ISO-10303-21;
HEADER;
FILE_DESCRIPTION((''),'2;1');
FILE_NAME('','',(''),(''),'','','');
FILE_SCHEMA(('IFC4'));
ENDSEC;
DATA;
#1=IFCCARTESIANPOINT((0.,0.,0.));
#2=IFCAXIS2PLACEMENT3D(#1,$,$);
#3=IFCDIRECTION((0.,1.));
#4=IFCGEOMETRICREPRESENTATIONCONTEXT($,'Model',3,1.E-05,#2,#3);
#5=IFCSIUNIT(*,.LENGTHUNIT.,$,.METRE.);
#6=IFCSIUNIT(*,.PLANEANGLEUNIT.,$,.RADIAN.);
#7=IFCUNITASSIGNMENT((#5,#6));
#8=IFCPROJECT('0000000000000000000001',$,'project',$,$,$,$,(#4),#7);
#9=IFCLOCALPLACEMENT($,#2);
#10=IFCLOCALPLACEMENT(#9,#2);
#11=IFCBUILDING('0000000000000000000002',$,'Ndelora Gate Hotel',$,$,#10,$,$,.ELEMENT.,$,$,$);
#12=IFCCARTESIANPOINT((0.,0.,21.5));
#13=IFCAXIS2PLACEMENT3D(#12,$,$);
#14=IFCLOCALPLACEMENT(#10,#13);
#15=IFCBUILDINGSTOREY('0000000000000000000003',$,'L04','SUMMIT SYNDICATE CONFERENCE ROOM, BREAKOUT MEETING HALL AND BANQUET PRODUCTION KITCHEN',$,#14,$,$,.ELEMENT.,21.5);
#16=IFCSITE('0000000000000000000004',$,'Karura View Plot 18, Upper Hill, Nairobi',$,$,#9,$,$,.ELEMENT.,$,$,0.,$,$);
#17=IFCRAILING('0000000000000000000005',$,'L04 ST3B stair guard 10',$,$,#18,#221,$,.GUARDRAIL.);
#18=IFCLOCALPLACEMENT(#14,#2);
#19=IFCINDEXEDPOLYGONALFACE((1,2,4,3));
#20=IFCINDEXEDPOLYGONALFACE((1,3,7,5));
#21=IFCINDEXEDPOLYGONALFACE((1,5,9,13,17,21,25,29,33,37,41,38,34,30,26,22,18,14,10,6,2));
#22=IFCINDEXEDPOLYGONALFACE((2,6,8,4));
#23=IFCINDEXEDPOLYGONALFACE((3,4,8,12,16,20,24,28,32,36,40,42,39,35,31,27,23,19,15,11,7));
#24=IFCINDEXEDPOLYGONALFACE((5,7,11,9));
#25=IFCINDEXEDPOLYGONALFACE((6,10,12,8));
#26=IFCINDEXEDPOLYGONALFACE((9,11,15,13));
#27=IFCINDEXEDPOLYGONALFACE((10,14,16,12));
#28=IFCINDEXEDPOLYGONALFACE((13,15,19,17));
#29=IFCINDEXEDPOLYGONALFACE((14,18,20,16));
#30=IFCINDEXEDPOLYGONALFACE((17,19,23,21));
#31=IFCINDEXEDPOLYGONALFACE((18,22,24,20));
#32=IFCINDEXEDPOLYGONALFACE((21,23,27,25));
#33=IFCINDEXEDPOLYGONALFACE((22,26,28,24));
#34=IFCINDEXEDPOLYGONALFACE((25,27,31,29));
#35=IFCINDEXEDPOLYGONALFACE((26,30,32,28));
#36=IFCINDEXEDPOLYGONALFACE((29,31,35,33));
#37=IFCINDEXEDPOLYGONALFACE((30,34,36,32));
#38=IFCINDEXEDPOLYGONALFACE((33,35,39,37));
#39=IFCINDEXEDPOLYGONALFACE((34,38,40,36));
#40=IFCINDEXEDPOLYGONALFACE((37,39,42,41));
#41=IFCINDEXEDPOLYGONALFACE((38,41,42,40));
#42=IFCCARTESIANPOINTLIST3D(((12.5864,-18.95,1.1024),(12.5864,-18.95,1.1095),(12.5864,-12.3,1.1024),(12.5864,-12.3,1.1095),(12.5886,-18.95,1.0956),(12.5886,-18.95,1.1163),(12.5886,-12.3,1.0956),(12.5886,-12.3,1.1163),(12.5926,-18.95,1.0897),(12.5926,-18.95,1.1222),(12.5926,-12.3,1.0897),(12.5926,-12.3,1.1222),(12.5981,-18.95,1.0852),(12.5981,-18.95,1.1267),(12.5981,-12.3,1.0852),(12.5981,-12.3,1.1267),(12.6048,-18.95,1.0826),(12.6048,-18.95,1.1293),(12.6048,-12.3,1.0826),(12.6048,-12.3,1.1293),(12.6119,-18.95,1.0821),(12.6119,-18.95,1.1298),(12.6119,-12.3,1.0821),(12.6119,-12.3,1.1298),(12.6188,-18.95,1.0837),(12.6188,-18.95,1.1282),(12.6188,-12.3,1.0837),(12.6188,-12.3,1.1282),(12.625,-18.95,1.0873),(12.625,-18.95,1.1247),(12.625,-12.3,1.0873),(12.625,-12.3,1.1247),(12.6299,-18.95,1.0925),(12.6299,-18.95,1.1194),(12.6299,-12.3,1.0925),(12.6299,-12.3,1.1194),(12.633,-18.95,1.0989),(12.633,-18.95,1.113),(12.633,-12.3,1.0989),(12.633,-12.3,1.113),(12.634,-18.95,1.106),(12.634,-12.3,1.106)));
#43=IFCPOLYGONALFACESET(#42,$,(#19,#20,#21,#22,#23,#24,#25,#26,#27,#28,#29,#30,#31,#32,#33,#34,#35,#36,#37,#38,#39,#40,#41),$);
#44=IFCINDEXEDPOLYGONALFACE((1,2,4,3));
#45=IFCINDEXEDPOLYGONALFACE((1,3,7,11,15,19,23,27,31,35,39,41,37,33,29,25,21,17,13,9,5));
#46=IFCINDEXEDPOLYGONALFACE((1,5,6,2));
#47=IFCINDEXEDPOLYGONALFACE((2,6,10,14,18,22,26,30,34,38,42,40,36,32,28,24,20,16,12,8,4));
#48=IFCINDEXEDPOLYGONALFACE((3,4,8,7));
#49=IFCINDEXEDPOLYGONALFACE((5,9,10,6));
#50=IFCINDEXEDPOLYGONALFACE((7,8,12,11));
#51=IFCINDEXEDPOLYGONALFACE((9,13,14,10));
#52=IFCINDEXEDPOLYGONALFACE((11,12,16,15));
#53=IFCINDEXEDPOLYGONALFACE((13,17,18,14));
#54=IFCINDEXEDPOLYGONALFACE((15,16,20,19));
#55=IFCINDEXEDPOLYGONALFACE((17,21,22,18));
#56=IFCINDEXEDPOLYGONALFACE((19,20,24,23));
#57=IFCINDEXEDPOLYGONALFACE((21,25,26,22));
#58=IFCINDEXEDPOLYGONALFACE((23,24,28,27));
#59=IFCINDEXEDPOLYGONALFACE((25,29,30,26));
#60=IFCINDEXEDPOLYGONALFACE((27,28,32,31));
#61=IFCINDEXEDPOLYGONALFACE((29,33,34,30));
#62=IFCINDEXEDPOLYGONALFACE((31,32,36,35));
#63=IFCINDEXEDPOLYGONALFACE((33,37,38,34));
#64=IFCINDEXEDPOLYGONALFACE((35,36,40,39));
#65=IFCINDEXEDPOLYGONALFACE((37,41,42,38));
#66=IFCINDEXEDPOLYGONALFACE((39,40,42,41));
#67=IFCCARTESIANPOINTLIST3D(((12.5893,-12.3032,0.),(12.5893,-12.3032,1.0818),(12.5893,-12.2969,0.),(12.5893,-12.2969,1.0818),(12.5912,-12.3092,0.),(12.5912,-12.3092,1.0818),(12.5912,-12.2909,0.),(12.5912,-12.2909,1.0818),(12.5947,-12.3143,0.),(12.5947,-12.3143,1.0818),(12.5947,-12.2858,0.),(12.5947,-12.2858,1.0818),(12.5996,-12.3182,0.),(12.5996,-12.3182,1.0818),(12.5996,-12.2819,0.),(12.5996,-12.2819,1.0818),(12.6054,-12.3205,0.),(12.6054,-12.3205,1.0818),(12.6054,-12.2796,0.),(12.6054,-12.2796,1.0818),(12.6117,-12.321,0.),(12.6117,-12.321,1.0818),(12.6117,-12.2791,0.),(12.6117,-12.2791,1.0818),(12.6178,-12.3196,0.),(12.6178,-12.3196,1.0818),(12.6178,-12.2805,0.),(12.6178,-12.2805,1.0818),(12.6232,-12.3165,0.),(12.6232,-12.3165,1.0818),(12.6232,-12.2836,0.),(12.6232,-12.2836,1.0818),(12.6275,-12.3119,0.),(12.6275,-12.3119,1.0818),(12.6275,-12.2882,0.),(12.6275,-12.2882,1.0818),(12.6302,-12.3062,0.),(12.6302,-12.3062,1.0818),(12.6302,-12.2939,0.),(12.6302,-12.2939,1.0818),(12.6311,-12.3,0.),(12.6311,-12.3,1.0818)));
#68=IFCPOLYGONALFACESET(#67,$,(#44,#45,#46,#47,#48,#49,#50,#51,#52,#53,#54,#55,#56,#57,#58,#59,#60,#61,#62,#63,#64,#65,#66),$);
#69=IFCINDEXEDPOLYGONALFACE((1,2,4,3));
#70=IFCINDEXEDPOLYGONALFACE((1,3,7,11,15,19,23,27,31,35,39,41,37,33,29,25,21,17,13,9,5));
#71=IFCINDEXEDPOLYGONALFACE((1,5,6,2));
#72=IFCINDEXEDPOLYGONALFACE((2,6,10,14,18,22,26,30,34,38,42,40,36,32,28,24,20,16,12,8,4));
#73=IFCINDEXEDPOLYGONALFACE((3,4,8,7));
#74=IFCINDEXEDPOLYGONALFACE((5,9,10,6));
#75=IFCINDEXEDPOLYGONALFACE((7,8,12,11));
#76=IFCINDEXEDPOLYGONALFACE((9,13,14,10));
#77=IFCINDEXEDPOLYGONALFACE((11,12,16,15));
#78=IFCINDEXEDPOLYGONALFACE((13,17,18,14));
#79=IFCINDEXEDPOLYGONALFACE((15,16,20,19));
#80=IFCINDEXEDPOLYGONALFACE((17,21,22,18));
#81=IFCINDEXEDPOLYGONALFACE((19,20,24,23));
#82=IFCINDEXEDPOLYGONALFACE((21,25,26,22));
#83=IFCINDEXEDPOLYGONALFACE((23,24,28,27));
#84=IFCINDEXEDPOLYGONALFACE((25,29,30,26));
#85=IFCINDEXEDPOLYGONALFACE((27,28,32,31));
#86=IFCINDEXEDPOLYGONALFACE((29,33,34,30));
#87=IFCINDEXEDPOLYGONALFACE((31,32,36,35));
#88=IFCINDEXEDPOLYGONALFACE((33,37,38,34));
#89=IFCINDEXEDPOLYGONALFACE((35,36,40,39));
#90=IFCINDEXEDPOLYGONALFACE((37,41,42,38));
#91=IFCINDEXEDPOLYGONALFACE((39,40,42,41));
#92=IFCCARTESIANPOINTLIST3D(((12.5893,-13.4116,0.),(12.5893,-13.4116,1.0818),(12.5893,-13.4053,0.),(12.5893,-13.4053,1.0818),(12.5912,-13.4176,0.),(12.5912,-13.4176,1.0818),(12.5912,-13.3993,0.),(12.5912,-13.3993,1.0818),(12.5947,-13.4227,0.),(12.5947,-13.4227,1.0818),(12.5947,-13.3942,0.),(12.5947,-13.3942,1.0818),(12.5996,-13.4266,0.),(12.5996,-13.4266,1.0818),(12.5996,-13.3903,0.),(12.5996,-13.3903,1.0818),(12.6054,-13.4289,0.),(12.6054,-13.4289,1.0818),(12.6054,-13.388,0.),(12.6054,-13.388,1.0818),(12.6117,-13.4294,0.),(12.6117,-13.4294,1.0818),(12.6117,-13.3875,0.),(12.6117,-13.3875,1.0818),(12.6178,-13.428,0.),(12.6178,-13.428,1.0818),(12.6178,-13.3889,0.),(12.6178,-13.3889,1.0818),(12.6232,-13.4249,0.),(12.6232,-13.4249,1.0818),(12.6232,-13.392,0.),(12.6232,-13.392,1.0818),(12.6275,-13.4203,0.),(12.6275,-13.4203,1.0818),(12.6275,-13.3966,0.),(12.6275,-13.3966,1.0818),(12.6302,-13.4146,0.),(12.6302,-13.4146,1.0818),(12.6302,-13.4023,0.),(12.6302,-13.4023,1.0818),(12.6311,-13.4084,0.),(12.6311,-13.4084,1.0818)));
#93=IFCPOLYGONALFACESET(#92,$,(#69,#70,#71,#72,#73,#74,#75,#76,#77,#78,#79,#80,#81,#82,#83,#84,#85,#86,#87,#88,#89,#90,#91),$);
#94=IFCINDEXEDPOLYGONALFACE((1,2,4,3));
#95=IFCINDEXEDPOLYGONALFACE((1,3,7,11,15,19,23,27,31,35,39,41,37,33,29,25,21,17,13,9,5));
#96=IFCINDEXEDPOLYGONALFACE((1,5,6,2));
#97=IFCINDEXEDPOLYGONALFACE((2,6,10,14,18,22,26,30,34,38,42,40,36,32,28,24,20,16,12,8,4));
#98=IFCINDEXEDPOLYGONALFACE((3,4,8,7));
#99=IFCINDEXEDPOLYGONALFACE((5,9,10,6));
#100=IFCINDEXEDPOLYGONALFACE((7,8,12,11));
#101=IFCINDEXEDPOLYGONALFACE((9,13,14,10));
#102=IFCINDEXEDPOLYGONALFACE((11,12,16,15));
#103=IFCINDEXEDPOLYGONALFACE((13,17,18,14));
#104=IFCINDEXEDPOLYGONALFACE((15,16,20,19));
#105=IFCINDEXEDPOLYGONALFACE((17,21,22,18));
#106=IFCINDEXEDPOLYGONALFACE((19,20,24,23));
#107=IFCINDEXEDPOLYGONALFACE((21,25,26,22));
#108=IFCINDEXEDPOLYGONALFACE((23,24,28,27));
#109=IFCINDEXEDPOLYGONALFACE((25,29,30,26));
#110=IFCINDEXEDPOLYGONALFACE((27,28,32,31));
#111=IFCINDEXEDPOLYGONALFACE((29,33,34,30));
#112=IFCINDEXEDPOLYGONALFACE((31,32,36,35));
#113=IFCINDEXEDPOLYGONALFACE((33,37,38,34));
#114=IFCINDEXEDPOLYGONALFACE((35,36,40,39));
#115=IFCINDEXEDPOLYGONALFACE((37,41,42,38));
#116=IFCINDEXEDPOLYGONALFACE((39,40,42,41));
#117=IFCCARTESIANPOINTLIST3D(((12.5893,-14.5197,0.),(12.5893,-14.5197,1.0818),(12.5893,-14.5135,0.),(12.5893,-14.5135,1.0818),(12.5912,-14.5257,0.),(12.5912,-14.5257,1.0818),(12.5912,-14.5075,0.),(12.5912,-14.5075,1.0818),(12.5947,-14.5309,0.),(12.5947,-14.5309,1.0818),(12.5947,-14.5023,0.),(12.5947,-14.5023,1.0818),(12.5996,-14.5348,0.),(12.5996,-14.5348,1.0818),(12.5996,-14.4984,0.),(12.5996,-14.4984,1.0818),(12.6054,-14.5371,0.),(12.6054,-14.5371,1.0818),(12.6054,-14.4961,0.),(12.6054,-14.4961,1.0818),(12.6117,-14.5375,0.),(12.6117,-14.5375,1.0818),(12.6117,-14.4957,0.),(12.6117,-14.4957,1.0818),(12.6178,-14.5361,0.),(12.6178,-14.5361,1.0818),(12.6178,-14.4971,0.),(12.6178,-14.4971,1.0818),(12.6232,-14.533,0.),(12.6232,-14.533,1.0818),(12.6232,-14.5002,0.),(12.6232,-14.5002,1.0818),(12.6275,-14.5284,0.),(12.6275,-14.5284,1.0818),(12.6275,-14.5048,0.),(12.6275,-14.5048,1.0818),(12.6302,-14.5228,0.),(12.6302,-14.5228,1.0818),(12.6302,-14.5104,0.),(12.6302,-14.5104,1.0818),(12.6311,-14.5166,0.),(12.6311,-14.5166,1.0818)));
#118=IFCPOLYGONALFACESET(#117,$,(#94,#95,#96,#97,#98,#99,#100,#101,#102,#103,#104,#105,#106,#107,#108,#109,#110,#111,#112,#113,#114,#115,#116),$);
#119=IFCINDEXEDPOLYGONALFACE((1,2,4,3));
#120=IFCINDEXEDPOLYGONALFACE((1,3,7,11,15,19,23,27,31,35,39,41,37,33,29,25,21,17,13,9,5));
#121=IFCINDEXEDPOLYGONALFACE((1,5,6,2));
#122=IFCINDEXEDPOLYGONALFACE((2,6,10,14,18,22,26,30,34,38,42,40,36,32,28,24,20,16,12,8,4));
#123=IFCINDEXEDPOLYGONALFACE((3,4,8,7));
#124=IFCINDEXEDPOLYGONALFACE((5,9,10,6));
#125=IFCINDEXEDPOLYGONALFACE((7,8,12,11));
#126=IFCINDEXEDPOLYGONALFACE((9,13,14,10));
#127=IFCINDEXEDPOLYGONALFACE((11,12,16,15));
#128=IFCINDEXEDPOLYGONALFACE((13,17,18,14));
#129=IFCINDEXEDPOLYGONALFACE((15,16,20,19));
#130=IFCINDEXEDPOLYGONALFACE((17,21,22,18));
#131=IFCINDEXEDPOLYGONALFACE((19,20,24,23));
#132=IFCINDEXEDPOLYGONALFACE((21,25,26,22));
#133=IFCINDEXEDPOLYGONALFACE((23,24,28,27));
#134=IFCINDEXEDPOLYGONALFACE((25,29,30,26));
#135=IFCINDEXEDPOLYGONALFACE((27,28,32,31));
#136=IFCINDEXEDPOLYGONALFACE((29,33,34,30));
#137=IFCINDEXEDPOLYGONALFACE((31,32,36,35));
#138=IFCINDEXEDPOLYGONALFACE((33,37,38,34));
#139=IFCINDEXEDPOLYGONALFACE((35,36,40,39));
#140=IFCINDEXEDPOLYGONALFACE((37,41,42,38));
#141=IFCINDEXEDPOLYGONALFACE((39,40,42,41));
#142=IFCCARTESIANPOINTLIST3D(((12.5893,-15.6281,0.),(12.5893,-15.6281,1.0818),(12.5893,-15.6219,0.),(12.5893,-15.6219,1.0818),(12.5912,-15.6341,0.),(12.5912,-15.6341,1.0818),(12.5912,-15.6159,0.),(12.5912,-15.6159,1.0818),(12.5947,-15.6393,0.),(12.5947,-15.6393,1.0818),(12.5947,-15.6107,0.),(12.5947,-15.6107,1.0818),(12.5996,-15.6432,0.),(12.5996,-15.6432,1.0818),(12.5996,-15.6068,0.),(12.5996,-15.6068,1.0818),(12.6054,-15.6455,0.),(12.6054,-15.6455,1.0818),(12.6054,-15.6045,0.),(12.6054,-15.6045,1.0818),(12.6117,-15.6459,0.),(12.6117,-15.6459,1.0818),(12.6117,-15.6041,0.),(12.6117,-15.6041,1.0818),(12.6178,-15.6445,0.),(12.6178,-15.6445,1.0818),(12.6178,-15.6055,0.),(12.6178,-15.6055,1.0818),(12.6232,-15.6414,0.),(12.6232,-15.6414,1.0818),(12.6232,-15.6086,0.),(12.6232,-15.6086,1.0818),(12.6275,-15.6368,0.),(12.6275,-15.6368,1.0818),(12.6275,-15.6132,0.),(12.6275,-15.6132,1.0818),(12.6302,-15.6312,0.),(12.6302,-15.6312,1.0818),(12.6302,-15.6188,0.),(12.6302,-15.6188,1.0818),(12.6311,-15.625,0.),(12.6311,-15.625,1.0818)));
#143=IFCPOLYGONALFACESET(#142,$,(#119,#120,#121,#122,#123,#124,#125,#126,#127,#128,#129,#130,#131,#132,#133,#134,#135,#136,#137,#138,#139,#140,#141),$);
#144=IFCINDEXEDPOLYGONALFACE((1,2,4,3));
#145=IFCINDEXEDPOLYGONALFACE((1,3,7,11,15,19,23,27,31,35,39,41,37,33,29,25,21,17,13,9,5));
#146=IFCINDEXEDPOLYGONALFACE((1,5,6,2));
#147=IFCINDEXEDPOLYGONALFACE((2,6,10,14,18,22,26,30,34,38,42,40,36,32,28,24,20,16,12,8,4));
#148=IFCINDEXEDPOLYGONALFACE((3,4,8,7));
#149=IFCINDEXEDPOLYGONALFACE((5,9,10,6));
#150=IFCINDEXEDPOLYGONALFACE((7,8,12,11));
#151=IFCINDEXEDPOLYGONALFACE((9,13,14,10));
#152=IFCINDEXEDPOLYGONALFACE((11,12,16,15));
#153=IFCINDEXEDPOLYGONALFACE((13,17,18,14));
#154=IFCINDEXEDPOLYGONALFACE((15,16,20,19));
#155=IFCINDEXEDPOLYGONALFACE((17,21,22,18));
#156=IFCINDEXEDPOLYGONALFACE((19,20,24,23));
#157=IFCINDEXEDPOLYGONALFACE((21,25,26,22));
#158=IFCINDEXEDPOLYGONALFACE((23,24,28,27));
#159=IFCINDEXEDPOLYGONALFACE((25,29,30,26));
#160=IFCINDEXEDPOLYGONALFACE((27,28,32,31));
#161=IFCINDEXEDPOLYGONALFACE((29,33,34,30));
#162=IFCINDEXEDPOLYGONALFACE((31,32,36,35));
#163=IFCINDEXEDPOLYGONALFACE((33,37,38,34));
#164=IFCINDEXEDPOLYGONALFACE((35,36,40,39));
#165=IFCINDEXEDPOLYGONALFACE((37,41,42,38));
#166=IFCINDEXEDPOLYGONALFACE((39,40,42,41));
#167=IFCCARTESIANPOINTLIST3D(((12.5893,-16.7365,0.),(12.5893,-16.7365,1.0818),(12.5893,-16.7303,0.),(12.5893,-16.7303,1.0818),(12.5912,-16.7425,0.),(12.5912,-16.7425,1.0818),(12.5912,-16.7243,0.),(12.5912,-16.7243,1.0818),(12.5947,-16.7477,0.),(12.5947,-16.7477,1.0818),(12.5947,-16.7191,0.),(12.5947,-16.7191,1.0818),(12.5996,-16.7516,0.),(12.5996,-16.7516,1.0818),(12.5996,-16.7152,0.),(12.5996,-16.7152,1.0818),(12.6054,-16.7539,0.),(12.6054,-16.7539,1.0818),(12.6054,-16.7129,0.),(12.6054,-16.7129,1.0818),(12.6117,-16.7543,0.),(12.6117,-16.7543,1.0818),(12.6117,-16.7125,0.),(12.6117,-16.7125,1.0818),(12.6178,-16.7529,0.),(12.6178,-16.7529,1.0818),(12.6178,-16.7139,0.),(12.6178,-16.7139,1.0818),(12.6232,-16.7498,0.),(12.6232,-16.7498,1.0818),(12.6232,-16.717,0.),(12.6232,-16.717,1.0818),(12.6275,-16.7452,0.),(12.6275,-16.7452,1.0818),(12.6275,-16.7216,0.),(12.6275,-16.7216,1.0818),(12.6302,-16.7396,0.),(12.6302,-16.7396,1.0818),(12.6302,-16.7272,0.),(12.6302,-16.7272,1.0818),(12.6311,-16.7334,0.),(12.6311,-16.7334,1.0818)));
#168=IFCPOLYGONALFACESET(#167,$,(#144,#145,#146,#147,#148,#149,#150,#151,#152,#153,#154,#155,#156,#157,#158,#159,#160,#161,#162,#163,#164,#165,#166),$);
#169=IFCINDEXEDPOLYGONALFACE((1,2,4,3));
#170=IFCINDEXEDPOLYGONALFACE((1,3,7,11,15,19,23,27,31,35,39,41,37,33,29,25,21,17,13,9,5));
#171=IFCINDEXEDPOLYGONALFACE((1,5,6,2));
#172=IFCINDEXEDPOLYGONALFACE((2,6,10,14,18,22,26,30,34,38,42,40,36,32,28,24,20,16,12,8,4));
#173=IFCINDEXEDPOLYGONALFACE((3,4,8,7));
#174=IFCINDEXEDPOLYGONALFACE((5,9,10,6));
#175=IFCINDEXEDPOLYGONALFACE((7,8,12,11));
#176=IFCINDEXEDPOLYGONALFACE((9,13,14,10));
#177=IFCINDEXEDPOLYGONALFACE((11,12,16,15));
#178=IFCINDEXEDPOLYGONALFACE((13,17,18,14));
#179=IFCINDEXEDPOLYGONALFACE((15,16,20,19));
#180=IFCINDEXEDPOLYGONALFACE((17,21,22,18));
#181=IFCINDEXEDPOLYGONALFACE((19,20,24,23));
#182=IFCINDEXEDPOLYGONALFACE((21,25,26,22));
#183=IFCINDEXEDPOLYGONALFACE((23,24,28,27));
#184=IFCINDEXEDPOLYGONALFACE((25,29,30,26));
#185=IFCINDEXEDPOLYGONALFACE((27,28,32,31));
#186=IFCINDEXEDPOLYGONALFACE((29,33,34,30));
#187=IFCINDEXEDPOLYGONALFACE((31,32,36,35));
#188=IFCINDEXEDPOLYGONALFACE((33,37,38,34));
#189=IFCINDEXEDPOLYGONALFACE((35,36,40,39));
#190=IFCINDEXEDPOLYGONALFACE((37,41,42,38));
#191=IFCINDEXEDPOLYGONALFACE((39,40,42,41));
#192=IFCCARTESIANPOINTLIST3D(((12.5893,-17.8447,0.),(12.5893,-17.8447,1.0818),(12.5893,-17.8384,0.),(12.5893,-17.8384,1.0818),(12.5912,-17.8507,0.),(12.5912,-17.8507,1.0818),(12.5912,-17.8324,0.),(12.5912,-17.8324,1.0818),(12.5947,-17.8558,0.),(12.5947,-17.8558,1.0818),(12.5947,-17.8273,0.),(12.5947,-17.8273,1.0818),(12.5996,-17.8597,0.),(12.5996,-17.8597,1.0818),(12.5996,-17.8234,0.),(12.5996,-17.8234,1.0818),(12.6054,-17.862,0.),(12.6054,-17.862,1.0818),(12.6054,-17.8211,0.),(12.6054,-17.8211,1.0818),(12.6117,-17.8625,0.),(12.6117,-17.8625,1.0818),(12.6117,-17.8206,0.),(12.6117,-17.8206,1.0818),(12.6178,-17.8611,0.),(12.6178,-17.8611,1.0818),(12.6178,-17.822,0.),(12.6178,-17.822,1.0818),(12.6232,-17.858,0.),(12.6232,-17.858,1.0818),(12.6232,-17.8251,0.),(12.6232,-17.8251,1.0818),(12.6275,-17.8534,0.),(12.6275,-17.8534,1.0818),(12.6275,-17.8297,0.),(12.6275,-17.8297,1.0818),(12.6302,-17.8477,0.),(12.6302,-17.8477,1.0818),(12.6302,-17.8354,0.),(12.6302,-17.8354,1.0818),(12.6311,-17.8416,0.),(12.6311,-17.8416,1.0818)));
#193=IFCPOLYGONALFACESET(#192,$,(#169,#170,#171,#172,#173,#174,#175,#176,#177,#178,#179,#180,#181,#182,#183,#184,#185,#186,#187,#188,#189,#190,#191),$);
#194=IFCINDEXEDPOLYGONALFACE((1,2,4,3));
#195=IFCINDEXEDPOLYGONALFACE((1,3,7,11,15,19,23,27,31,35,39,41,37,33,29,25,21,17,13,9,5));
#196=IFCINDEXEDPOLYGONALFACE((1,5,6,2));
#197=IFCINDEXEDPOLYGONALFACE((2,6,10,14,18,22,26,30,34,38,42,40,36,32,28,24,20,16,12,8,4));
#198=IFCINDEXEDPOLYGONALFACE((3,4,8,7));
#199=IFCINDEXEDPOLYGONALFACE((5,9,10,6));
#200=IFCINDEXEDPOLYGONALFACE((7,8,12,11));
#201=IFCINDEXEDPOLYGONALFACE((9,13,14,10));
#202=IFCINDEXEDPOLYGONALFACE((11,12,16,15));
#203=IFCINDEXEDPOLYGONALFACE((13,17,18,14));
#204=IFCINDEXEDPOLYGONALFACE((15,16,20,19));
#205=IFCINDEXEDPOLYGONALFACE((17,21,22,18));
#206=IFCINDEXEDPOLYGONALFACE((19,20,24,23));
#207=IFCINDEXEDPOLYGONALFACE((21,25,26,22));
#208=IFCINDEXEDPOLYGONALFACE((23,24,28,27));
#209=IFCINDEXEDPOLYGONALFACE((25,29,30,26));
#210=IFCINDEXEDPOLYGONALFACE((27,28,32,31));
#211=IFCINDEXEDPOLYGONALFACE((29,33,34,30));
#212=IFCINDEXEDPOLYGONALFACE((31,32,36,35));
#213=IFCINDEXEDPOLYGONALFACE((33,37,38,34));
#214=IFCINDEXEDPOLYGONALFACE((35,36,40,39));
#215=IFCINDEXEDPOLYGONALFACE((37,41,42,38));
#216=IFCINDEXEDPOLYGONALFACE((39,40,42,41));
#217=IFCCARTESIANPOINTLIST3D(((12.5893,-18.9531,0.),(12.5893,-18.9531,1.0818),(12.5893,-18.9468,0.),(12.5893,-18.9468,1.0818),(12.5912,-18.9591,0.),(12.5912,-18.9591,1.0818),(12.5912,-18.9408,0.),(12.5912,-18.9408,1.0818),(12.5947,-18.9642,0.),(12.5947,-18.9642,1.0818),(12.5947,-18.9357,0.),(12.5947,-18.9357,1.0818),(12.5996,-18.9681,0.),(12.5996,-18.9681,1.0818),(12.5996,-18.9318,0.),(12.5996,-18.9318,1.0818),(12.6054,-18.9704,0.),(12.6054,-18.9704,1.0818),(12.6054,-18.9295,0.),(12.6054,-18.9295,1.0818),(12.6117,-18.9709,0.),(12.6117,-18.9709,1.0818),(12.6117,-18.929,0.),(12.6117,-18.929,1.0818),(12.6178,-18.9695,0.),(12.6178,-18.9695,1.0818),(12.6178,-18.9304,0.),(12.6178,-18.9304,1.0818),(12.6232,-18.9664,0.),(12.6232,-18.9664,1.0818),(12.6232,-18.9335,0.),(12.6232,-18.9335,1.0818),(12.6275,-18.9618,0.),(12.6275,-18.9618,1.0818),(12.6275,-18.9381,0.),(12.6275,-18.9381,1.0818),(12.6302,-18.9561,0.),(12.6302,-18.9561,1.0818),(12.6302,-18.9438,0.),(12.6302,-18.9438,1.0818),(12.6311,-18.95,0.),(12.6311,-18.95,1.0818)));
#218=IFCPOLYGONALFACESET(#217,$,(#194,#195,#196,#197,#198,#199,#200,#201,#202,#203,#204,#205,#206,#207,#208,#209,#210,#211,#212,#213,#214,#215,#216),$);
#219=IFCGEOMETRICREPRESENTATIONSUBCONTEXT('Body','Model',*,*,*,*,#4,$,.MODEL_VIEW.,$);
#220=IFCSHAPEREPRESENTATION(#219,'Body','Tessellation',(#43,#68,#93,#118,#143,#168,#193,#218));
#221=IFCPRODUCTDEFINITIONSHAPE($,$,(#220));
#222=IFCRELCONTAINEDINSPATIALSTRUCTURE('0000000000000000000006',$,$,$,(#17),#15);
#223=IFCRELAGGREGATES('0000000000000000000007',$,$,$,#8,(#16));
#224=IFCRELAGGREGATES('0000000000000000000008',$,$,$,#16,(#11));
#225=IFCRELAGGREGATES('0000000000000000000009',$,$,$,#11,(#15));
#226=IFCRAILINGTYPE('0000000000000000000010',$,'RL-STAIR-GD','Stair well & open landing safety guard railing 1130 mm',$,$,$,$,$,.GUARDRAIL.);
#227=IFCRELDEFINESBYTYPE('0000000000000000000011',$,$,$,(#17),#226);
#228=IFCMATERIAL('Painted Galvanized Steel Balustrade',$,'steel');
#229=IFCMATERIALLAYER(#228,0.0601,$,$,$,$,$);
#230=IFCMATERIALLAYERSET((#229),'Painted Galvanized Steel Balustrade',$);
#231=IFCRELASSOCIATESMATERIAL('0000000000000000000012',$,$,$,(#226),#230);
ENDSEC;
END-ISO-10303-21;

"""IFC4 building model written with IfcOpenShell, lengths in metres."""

from ifc_helpers import new_model, si_unit, direction, frame, origin, origin_2d, place, context, subcontext, project, spatial, circle, extrude, material, layer, layer_set, type_object, element, save


model = new_model("IFC4")

# Units and contexts
model_context = context("Model", 3, precision=1e-05, world=origin(), true_north=direction((0.0, 1.0)))
body_context = subcontext(model_context, "Body", "Model", "MODEL_VIEW")
ifc_project = project(units=[si_unit("LENGTHUNIT", "METRE"), si_unit("PLANEANGLEUNIT", "RADIAN")], contexts=[model_context])

# Site, building, storey
site_placement = place(None, origin())
site = spatial("IfcSite", under=ifc_project, at=site_placement, Name="Karura View Plot 18, Upper Hill, Nairobi", CompositionType="ELEMENT", RefElevation=0.0)
building_placement = place(site_placement, origin())
building = spatial("IfcBuilding", under=site, at=building_placement, Name="Ndelora Gate Hotel", CompositionType="ELEMENT")
storey_placement = place(building_placement, frame((0.0, 0.0, 21.5)))
storey = spatial("IfcBuildingStorey", under=building, at=storey_placement, Name="L04", Description="SUMMIT SYNDICATE CONFERENCE ROOM, BREAKOUT MEETING HALL AND BANQUET PRODUCTION KITCHEN", CompositionType="ELEMENT", Elevation=21.5)

# Railing
ifc_material_1 = material(Name="Painted Galvanized Steel Balustrade", Category="steel")
ifc_layer_1 = layer(ifc_material_1, 0.0601)
ifc_layer_set_1 = layer_set([ifc_layer_1], Name="Painted Galvanized Steel Balustrade")
railing_type_1 = type_object("IfcRailingType", Name="RL-STAIR-GD", Description="Stair well & open landing safety guard railing 1130 mm", PredefinedType="GUARDRAIL", material=ifc_layer_set_1)
railing_1_placement = place(storey_placement, frame((12.6101, -12.3, 0.0)))
element("IfcRailing", 1, at=railing_1_placement, inside=storey, type_object=railing_type_1, Name="L04 ST3B stair guard 10", PredefinedType="GUARDRAIL", context=body_context, shape_type="SweptSolid", body=[
    extrude(circle(Radius=0.0239, at=origin_2d()), frame((0.0, 0.0, 1.106), z_axis=(0.0, -1.0, 0.0), x_axis=(1.0, 0.0, 0.0)), (0.0, 0.0, 1.0), 6.6499),
    extrude(circle(Radius=0.021, at=origin_2d()), origin(), (0.0, 0.0, 1.0), 1.0818),
    extrude(circle(Radius=0.021, at=origin_2d()), frame((0.0, -1.1084, 0.0)), (0.0, 0.0, 1.0), 1.0818),
    extrude(circle(Radius=0.021, at=origin_2d()), frame((0.0, -2.2166, 0.0)), (0.0, 0.0, 1.0), 1.0818),
    extrude(circle(Radius=0.021, at=origin_2d()), frame((0.0, -3.325, 0.0)), (0.0, 0.0, 1.0), 1.0818),
    extrude(circle(Radius=0.021, at=origin_2d()), frame((0.0, -4.4333, 0.0)), (0.0, 0.0, 1.0), 1.0818),
    extrude(circle(Radius=0.021, at=origin_2d()), frame((0.0, -5.5415, 0.0)), (0.0, 0.0, 1.0), 1.0818),
    extrude(circle(Radius=0.021, at=origin_2d()), frame((0.0, -6.6499, 0.0)), (0.0, 0.0, 1.0), 1.0818),
])

save(model, "model.ifc")
